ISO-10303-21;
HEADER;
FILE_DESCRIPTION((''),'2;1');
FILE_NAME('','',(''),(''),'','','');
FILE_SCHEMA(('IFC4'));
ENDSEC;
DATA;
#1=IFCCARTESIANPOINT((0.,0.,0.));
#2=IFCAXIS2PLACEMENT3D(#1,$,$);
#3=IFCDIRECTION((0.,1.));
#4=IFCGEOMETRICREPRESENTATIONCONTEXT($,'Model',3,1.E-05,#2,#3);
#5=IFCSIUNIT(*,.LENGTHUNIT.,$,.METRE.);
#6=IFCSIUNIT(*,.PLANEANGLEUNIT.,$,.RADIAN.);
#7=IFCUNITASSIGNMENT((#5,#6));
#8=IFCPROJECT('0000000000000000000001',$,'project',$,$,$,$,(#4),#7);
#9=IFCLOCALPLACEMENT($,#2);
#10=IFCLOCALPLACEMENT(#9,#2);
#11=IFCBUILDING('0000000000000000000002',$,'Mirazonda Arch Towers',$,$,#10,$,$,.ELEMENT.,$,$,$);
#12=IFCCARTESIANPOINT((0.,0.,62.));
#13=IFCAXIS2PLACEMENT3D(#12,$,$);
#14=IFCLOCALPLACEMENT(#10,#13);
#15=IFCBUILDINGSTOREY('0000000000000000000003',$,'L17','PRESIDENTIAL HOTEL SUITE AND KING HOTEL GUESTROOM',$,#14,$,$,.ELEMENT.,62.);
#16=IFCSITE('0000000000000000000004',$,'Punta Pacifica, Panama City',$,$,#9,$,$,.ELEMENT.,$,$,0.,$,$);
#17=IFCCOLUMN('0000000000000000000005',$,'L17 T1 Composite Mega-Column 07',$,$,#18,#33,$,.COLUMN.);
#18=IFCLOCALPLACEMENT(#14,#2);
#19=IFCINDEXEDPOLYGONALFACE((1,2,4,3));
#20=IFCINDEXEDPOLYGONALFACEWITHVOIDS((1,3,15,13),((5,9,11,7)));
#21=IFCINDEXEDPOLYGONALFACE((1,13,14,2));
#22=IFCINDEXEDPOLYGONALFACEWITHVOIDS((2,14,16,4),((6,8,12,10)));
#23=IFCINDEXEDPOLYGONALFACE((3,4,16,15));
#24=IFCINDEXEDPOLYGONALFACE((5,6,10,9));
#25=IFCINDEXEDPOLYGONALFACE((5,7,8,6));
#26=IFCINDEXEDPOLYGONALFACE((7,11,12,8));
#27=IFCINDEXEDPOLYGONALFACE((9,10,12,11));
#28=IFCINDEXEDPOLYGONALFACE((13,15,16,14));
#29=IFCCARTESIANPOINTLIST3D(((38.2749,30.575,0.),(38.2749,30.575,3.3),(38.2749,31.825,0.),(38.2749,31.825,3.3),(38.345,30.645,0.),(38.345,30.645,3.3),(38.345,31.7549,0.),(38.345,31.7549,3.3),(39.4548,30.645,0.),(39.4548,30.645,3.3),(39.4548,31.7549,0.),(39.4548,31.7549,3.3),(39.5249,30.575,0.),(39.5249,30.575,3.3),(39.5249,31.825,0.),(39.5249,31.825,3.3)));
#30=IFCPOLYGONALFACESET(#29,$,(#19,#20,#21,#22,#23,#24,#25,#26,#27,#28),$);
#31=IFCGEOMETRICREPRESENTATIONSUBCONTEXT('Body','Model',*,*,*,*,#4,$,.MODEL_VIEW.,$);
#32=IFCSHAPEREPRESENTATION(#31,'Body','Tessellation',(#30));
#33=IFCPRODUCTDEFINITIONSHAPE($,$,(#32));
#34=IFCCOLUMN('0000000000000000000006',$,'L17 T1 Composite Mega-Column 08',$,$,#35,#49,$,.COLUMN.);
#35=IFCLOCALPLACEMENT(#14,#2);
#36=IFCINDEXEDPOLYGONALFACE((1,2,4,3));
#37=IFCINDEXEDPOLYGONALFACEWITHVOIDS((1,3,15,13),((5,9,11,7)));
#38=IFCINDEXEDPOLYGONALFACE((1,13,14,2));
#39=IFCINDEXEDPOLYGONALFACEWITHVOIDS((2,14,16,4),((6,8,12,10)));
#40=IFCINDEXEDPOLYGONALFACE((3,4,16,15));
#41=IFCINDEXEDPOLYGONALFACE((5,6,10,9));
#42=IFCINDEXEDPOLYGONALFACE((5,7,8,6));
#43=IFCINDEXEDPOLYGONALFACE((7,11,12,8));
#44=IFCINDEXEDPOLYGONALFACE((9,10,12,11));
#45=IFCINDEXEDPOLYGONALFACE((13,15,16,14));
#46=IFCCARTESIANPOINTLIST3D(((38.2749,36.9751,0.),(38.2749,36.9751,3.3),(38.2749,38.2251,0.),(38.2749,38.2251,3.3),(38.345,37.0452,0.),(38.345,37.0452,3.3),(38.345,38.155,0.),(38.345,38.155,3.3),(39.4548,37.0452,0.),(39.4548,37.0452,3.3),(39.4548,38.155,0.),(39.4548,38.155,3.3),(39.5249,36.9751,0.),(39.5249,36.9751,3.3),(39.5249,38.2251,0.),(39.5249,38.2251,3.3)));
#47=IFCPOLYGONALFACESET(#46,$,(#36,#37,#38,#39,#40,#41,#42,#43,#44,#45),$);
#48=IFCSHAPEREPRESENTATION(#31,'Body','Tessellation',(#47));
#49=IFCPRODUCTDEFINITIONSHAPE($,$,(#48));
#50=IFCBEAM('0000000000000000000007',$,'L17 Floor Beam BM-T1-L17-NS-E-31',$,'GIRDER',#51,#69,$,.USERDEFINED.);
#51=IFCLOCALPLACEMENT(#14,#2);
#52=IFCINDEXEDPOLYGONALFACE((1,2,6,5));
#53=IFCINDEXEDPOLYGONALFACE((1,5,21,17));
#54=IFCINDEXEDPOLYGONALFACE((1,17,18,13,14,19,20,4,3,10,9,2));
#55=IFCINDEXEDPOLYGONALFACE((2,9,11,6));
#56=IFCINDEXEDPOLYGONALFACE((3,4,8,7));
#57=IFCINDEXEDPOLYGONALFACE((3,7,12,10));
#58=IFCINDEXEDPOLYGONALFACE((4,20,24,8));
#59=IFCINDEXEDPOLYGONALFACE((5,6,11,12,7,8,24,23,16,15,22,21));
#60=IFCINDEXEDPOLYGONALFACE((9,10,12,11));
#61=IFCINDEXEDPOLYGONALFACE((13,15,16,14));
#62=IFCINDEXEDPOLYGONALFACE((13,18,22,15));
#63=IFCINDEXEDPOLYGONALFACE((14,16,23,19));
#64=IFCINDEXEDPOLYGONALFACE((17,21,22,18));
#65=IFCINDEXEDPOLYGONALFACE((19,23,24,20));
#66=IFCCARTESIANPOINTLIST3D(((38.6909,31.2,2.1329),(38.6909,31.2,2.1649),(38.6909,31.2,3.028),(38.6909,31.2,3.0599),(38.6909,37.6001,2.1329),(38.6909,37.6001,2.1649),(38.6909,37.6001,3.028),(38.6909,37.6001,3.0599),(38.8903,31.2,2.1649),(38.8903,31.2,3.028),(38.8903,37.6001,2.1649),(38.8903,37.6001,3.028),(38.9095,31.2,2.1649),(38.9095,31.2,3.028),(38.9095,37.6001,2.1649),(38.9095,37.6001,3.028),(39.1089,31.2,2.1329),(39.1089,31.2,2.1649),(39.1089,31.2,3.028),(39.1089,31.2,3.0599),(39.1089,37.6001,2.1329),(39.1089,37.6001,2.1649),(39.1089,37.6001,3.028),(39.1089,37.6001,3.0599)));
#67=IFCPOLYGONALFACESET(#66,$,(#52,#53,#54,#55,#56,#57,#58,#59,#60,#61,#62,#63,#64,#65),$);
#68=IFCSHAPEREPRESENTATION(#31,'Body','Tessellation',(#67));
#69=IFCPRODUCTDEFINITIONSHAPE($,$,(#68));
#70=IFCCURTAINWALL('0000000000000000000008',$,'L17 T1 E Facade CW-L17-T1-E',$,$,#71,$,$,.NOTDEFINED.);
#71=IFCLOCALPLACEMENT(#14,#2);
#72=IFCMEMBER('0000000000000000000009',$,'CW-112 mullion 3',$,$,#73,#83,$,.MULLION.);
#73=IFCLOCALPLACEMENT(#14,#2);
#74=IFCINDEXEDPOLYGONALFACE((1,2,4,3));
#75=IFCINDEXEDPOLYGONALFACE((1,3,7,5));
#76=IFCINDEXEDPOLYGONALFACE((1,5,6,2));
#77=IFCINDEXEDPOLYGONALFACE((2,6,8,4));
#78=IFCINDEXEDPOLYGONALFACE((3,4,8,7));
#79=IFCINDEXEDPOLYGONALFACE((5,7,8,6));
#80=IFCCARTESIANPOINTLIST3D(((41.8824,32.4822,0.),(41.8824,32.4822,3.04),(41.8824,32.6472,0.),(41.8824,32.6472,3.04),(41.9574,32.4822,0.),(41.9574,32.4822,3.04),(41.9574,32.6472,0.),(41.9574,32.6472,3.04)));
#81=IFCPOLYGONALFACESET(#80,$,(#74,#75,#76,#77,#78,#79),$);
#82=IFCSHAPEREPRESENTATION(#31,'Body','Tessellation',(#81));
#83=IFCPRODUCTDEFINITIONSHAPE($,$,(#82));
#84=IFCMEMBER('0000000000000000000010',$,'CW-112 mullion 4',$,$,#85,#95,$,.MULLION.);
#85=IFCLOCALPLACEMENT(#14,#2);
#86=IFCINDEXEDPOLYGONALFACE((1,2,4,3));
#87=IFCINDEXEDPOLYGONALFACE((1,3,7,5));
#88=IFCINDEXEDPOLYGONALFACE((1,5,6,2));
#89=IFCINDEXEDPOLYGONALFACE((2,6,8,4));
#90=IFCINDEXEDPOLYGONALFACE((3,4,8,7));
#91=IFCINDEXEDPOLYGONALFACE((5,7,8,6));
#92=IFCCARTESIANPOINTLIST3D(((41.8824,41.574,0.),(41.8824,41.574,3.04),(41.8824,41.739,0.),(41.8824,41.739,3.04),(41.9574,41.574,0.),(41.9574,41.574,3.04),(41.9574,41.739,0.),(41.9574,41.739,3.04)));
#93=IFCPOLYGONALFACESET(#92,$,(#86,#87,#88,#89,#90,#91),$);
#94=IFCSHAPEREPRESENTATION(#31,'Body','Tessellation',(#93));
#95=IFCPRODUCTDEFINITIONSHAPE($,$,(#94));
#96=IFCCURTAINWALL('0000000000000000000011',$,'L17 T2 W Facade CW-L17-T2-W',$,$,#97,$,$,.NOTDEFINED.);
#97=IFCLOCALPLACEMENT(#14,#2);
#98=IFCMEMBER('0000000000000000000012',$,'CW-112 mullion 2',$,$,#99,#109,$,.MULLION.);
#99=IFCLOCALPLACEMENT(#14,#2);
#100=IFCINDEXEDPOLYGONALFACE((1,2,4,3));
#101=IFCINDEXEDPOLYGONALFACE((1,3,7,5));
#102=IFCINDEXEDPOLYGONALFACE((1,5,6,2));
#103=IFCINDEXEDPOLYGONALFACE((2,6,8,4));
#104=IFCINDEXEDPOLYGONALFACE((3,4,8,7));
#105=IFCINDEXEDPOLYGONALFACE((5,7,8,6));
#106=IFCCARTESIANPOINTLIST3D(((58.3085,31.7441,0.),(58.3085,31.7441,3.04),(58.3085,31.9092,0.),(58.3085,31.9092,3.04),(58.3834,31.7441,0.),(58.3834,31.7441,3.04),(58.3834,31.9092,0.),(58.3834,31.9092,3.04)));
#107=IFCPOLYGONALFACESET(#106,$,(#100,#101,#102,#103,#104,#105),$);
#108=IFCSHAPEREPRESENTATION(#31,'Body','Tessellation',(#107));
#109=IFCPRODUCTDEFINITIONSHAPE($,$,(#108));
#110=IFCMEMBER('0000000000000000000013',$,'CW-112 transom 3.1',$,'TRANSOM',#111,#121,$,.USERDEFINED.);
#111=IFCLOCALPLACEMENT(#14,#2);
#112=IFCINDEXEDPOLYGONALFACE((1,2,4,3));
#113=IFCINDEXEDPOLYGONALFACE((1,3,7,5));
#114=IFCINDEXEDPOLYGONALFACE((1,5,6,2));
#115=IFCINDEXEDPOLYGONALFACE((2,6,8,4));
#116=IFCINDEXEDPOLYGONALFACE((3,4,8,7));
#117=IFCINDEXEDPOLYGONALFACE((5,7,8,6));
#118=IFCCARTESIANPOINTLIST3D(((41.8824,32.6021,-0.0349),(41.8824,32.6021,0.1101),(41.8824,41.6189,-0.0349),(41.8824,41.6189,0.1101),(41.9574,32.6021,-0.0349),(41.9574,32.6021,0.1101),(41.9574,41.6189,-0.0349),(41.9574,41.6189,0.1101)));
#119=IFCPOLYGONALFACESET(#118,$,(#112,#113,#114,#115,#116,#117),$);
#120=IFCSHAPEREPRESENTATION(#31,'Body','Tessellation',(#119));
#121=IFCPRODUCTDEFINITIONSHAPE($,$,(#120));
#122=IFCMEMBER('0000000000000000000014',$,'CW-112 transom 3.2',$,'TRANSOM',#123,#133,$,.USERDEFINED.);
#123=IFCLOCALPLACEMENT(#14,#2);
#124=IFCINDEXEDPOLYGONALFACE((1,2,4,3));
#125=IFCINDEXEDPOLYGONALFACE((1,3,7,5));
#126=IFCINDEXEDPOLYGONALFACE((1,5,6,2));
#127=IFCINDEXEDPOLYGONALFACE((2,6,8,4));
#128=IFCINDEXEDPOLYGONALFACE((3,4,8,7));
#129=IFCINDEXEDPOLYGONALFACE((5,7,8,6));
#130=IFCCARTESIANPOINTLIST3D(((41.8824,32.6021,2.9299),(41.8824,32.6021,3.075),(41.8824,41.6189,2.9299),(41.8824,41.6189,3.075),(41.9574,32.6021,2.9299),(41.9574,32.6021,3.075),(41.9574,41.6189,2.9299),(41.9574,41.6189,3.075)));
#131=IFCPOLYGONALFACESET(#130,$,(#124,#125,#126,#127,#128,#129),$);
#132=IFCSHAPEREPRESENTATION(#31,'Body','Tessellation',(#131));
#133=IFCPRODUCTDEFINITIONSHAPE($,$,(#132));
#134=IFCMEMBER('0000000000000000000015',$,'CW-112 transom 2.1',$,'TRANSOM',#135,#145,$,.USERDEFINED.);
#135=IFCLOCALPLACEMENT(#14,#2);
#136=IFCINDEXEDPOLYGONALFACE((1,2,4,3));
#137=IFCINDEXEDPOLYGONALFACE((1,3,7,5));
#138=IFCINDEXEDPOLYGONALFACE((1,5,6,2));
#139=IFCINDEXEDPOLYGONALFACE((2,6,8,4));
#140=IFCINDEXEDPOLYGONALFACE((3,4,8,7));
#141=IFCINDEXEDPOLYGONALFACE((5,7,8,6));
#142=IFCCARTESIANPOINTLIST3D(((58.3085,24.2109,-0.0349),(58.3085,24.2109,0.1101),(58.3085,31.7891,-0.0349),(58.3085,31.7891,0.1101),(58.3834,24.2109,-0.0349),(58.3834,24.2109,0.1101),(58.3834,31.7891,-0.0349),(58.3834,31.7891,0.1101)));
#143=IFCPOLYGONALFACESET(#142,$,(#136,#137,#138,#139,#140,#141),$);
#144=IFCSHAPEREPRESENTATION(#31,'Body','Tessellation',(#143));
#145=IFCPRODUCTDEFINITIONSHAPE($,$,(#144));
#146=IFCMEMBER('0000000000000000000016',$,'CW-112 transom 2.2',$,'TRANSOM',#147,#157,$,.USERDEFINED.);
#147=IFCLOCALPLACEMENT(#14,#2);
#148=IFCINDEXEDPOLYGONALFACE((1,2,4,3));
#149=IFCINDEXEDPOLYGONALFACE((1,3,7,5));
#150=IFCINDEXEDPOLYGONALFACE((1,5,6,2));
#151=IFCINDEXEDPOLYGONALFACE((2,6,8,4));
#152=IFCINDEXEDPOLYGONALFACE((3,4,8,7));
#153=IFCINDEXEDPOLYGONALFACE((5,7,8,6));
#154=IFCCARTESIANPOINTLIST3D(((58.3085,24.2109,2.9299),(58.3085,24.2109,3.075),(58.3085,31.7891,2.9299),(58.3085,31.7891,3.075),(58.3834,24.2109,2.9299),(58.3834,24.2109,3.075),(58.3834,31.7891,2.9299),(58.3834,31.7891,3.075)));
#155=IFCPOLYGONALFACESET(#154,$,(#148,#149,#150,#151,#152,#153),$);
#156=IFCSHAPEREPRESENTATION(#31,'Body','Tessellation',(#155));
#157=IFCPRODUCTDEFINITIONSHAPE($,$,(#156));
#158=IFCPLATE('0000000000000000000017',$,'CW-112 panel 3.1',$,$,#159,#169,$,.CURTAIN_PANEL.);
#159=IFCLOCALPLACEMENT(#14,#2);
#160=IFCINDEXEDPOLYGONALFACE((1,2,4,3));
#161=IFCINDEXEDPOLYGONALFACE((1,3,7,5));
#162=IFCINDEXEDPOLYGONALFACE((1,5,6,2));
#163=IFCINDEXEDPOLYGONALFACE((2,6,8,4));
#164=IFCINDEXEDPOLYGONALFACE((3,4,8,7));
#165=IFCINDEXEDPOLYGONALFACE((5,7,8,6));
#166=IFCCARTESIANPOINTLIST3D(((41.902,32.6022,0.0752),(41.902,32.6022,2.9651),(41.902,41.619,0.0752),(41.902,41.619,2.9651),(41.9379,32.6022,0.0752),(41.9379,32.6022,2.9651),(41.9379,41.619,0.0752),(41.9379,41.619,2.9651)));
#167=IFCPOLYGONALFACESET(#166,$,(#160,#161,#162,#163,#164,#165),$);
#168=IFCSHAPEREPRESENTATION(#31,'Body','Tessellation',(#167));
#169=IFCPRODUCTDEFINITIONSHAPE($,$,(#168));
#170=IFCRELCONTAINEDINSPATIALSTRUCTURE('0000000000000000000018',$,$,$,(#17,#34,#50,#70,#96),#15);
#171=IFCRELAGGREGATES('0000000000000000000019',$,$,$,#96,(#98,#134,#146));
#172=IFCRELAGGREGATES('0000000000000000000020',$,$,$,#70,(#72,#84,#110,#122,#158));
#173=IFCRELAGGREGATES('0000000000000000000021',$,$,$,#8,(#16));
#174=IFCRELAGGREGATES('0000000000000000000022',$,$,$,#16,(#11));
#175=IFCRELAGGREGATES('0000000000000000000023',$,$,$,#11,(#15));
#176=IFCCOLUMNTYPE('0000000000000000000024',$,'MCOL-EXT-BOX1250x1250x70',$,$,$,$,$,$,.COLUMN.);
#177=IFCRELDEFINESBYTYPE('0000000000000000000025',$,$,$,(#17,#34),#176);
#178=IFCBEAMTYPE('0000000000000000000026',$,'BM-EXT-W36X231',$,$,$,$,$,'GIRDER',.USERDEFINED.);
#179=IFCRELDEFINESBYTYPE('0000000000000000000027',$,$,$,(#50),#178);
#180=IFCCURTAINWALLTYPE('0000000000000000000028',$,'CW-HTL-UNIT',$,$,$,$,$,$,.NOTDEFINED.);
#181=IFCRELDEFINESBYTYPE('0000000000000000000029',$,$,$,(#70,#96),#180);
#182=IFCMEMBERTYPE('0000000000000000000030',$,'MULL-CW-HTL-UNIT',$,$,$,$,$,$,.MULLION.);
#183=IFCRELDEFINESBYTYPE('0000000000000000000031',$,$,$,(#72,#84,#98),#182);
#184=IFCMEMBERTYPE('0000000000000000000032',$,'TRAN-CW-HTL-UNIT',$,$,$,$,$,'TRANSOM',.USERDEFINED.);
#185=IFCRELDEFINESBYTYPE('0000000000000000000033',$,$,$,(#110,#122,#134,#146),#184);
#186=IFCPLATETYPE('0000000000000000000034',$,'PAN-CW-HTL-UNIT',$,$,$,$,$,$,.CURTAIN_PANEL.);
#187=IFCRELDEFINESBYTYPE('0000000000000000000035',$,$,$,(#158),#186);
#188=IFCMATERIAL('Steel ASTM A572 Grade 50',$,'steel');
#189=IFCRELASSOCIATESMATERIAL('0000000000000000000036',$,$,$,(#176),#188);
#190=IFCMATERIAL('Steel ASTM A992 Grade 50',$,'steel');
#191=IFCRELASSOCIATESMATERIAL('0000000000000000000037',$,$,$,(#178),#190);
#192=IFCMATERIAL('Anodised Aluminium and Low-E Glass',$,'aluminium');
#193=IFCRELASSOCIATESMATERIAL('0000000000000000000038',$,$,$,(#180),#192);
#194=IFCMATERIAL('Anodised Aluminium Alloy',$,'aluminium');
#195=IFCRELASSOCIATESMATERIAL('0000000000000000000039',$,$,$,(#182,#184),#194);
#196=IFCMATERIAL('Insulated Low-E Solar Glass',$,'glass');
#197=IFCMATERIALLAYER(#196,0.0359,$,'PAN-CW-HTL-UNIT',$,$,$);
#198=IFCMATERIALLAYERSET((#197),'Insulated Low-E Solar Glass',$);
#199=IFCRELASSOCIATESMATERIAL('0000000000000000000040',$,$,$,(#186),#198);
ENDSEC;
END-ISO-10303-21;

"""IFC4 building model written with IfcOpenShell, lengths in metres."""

from ifc_helpers import new_model, si_unit, direction, frame, origin, origin_2d, place, context, subcontext, project, spatial, rectangle, hollow_rectangle, i_section, extrude, material, layer, layer_set, material_profile, profile_set, type_object, element, aggregate, save


model = new_model("IFC4")

# Units and contexts
model_context = context("Model", 3, precision=1e-05, world=origin(), true_north=direction((0.0, 1.0)))
body_context = subcontext(model_context, "Body", "Model", "MODEL_VIEW")
ifc_project = project(units=[si_unit("LENGTHUNIT", "METRE"), si_unit("PLANEANGLEUNIT", "RADIAN")], contexts=[model_context])

# Site, building, storey
site_placement = place(None, origin())
site = spatial("IfcSite", under=ifc_project, at=site_placement, Name="Punta Pacifica, Panama City", CompositionType="ELEMENT", RefElevation=0.0)
building_placement = place(site_placement, origin())
building = spatial("IfcBuilding", under=site, at=building_placement, Name="Mirazonda Arch Towers", CompositionType="ELEMENT")
storey_placement = place(building_placement, frame((0.0, 0.0, 62.0)))
storey = spatial("IfcBuildingStorey", under=building, at=storey_placement, Name="L17", Description="PRESIDENTIAL HOTEL SUITE AND KING HOTEL GUESTROOM", CompositionType="ELEMENT", Elevation=62.0)

# Columns
ifc_material_1 = material(Name="Steel ASTM A572 Grade 50", Category="steel")
ifc_material_profile_1 = material_profile(ifc_material_1, hollow_rectangle(XDim=1.25, YDim=1.25, WallThickness=0.0701, at=origin_2d()), Name="BOX1250x1250x70")
ifc_profile_set_1 = profile_set([ifc_material_profile_1], Name="Steel ASTM A572 Grade 50")
column_type = type_object("IfcColumnType", Name="MCOL-EXT-BOX1250x1250x70", PredefinedType="COLUMN", material=ifc_profile_set_1)
for number, where, z_axis, x_axis, name in (
    (1, (38.8999, 31.2, 0.0), (0.0, 0.0, 1.0), (1.0, 0.0, 0.0), "L17 T1 Composite Mega-Column 07"),
    (2, (38.8999, 37.6001, 0.0), (0.0, 0.0, 1.0), (1.0, 0.0, 0.0), "L17 T1 Composite Mega-Column 08"),
):
    element("IfcColumn", number, at=place(storey_placement, frame(where, z_axis=z_axis, x_axis=x_axis)), inside=storey, type_object=column_type, Name=name, PredefinedType="COLUMN", context=body_context, shape_type="SweptSolid", body=[
        extrude(hollow_rectangle(XDim=1.25, YDim=1.25, WallThickness=0.0701, at=origin_2d()), origin(), (0.0, 0.0, 1.0), 3.3),
    ])

# Beam
ifc_material_2 = material(Name="Steel ASTM A992 Grade 50", Category="steel")
ifc_material_profile_2 = material_profile(ifc_material_2, i_section(OverallWidth=0.418, OverallDepth=0.927, WebThickness=0.0193, FlangeThickness=0.032, at=origin_2d()), Name="W36X231")
ifc_profile_set_2 = profile_set([ifc_material_profile_2], Name="Steel ASTM A992 Grade 50")
beam_type = type_object("IfcBeamType", Name="BM-EXT-W36X231", ElementType="GIRDER", PredefinedType="USERDEFINED", material=ifc_profile_set_2)
beam_placement = place(storey_placement, frame((38.8999, 31.2, 2.5964), z_axis=(0.0, 1.0, 0.0), x_axis=(-1.0, 0.0, 0.0)))
element("IfcBeam", 3, at=beam_placement, inside=storey, type_object=beam_type, Name="L17 Floor Beam BM-T1-L17-NS-E-31", ObjectType="GIRDER", PredefinedType="USERDEFINED", context=body_context, shape_type="SweptSolid", body=[
    extrude(i_section(OverallWidth=0.418, OverallDepth=0.927, WebThickness=0.0193, FlangeThickness=0.032, at=origin_2d()), origin(), (0.0, 0.0, 1.0), 6.4001),
])

# Curtain wall, members
ifc_material_3 = material(Name="Anodised Aluminium and Low-E Glass", Category="aluminium")
curtain_wall_type = type_object("IfcCurtainWallType", Name="CW-HTL-UNIT", PredefinedType="NOTDEFINED", material=ifc_material_3)
curtain_wall_1_placement = place(storey_placement, origin())
curtain_wall_1 = element("IfcCurtainWall", 4, at=curtain_wall_1_placement, inside=storey, type_object=curtain_wall_type, Name="L17 T1 E Facade CW-L17-T1-E", PredefinedType="NOTDEFINED")
ifc_material_4 = material(Name="Anodised Aluminium Alloy", Category="aluminium")
ifc_material_profile_3 = material_profile(ifc_material_4, rectangle(XDim=0.075, YDim=0.165, at=origin_2d()), Name="ALU-MULL-75x165")
ifc_profile_set_3 = profile_set([ifc_material_profile_3], Name="Anodised Aluminium Alloy")
member_type_1 = type_object("IfcMemberType", Name="MULL-CW-HTL-UNIT", PredefinedType="MULLION", material=ifc_profile_set_3)
member_1_placement = place(storey_placement, frame((41.9199, 32.5647, 0.0), z_axis=(0.0, 0.0, 1.0), x_axis=(-1.0, 0.0, 0.0)))
member_1 = element("IfcMember", 5, at=member_1_placement, type_object=member_type_1, Name="CW-112 mullion 3", PredefinedType="MULLION", context=body_context, shape_type="SweptSolid", body=[
    extrude(rectangle(XDim=0.075, YDim=0.165, at=origin_2d()), origin(), (0.0, 0.0, 1.0), 3.04),
])
member_2_placement = place(storey_placement, frame((41.9199, 41.6565, 0.0), z_axis=(0.0, 0.0, 1.0), x_axis=(-1.0, 0.0, 0.0)))
member_2 = element("IfcMember", 6, at=member_2_placement, type_object=member_type_1, Name="CW-112 mullion 4", PredefinedType="MULLION", context=body_context, shape_type="SweptSolid", body=[
    extrude(rectangle(XDim=0.075, YDim=0.165, at=origin_2d()), origin(), (0.0, 0.0, 1.0), 3.04),
])

# Curtain wall, member
curtain_wall_2_placement = place(storey_placement, origin())
curtain_wall_2 = element("IfcCurtainWall", 7, at=curtain_wall_2_placement, inside=storey, type_object=curtain_wall_type, Name="L17 T2 W Facade CW-L17-T2-W", PredefinedType="NOTDEFINED")
member_3_placement = place(storey_placement, frame((58.3459, 31.8267, 0.0), z_axis=(0.0, 0.0, 1.0), x_axis=(1.0, 0.0, 0.0)))
member_3 = element("IfcMember", 8, at=member_3_placement, type_object=member_type_1, Name="CW-112 mullion 2", PredefinedType="MULLION", context=body_context, shape_type="SweptSolid", body=[
    extrude(rectangle(XDim=0.075, YDim=0.165, at=origin_2d()), origin(), (0.0, 0.0, 1.0), 3.04),
])

# Members
ifc_material_profile_4 = material_profile(ifc_material_4, rectangle(XDim=0.075, YDim=0.145, at=origin_2d()), Name="ALU-TRAN-75x145")
ifc_profile_set_4 = profile_set([ifc_material_profile_4], Name="Anodised Aluminium Alloy")
member_type_2 = type_object("IfcMemberType", Name="TRAN-CW-HTL-UNIT", ElementType="TRANSOM", PredefinedType="USERDEFINED", material=ifc_profile_set_4)
member_4_placement = place(storey_placement, frame((41.9199, 32.6021, 0.0376), z_axis=(0.0, 1.0, 0.0), x_axis=(-1.0, 0.0, 0.0)))
member_4 = element("IfcMember", 9, at=member_4_placement, type_object=member_type_2, Name="CW-112 transom 3.1", ObjectType="TRANSOM", PredefinedType="USERDEFINED", context=body_context, shape_type="SweptSolid", body=[
    extrude(rectangle(XDim=0.075, YDim=0.145, at=origin_2d()), origin(), (0.0, 0.0, 1.0), 9.0168),
])
member_5_placement = place(storey_placement, frame((41.9199, 32.6021, 3.0024), z_axis=(0.0, 1.0, 0.0), x_axis=(-1.0, 0.0, 0.0)))
member_5 = element("IfcMember", 10, at=member_5_placement, type_object=member_type_2, Name="CW-112 transom 3.2", ObjectType="TRANSOM", PredefinedType="USERDEFINED", context=body_context, shape_type="SweptSolid", body=[
    extrude(rectangle(XDim=0.075, YDim=0.145, at=origin_2d()), origin(), (0.0, 0.0, 1.0), 9.0168),
])
member_6_placement = place(storey_placement, frame((58.3459, 31.7891, 0.0376), z_axis=(0.0, -1.0, 0.0), x_axis=(1.0, 0.0, 0.0)))
member_6 = element("IfcMember", 11, at=member_6_placement, type_object=member_type_2, Name="CW-112 transom 2.1", ObjectType="TRANSOM", PredefinedType="USERDEFINED", context=body_context, shape_type="SweptSolid", body=[
    extrude(rectangle(XDim=0.075, YDim=0.145, at=origin_2d()), origin(), (0.0, 0.0, 1.0), 7.5781),
])
member_7_placement = place(storey_placement, frame((58.3459, 31.7891, 3.0024), z_axis=(0.0, -1.0, 0.0), x_axis=(1.0, 0.0, 0.0)))
member_7 = element("IfcMember", 12, at=member_7_placement, type_object=member_type_2, Name="CW-112 transom 2.2", ObjectType="TRANSOM", PredefinedType="USERDEFINED", context=body_context, shape_type="SweptSolid", body=[
    extrude(rectangle(XDim=0.075, YDim=0.145, at=origin_2d()), origin(), (0.0, 0.0, 1.0), 7.5781),
])
aggregate(curtain_wall_2, [member_3, member_6, member_7])

# Plate
ifc_material_5 = material(Name="Insulated Low-E Solar Glass", Category="glass")
ifc_layer_1 = layer(ifc_material_5, 0.0359, Name="PAN-CW-HTL-UNIT")
ifc_layer_set_1 = layer_set([ifc_layer_1], Name="Insulated Low-E Solar Glass")
plate_type = type_object("IfcPlateType", Name="PAN-CW-HTL-UNIT", PredefinedType="CURTAIN_PANEL", material=ifc_layer_set_1)
plate_placement = place(storey_placement, frame((41.9199, 37.1106, 0.0752), z_axis=(0.0, 0.0, 1.0), x_axis=(0.0, 1.0, 0.0)))
plate = element("IfcPlate", 13, at=plate_placement, type_object=plate_type, Name="CW-112 panel 3.1", PredefinedType="CURTAIN_PANEL", context=body_context, shape_type="SweptSolid", body=[
    extrude(rectangle(XDim=9.0168, YDim=0.0359, at=origin_2d()), origin(), (0.0, 0.0, 1.0), 2.8899),
])
aggregate(curtain_wall_1, [member_1, member_2, member_4, member_5, plate])

save(model, "model.ifc")
